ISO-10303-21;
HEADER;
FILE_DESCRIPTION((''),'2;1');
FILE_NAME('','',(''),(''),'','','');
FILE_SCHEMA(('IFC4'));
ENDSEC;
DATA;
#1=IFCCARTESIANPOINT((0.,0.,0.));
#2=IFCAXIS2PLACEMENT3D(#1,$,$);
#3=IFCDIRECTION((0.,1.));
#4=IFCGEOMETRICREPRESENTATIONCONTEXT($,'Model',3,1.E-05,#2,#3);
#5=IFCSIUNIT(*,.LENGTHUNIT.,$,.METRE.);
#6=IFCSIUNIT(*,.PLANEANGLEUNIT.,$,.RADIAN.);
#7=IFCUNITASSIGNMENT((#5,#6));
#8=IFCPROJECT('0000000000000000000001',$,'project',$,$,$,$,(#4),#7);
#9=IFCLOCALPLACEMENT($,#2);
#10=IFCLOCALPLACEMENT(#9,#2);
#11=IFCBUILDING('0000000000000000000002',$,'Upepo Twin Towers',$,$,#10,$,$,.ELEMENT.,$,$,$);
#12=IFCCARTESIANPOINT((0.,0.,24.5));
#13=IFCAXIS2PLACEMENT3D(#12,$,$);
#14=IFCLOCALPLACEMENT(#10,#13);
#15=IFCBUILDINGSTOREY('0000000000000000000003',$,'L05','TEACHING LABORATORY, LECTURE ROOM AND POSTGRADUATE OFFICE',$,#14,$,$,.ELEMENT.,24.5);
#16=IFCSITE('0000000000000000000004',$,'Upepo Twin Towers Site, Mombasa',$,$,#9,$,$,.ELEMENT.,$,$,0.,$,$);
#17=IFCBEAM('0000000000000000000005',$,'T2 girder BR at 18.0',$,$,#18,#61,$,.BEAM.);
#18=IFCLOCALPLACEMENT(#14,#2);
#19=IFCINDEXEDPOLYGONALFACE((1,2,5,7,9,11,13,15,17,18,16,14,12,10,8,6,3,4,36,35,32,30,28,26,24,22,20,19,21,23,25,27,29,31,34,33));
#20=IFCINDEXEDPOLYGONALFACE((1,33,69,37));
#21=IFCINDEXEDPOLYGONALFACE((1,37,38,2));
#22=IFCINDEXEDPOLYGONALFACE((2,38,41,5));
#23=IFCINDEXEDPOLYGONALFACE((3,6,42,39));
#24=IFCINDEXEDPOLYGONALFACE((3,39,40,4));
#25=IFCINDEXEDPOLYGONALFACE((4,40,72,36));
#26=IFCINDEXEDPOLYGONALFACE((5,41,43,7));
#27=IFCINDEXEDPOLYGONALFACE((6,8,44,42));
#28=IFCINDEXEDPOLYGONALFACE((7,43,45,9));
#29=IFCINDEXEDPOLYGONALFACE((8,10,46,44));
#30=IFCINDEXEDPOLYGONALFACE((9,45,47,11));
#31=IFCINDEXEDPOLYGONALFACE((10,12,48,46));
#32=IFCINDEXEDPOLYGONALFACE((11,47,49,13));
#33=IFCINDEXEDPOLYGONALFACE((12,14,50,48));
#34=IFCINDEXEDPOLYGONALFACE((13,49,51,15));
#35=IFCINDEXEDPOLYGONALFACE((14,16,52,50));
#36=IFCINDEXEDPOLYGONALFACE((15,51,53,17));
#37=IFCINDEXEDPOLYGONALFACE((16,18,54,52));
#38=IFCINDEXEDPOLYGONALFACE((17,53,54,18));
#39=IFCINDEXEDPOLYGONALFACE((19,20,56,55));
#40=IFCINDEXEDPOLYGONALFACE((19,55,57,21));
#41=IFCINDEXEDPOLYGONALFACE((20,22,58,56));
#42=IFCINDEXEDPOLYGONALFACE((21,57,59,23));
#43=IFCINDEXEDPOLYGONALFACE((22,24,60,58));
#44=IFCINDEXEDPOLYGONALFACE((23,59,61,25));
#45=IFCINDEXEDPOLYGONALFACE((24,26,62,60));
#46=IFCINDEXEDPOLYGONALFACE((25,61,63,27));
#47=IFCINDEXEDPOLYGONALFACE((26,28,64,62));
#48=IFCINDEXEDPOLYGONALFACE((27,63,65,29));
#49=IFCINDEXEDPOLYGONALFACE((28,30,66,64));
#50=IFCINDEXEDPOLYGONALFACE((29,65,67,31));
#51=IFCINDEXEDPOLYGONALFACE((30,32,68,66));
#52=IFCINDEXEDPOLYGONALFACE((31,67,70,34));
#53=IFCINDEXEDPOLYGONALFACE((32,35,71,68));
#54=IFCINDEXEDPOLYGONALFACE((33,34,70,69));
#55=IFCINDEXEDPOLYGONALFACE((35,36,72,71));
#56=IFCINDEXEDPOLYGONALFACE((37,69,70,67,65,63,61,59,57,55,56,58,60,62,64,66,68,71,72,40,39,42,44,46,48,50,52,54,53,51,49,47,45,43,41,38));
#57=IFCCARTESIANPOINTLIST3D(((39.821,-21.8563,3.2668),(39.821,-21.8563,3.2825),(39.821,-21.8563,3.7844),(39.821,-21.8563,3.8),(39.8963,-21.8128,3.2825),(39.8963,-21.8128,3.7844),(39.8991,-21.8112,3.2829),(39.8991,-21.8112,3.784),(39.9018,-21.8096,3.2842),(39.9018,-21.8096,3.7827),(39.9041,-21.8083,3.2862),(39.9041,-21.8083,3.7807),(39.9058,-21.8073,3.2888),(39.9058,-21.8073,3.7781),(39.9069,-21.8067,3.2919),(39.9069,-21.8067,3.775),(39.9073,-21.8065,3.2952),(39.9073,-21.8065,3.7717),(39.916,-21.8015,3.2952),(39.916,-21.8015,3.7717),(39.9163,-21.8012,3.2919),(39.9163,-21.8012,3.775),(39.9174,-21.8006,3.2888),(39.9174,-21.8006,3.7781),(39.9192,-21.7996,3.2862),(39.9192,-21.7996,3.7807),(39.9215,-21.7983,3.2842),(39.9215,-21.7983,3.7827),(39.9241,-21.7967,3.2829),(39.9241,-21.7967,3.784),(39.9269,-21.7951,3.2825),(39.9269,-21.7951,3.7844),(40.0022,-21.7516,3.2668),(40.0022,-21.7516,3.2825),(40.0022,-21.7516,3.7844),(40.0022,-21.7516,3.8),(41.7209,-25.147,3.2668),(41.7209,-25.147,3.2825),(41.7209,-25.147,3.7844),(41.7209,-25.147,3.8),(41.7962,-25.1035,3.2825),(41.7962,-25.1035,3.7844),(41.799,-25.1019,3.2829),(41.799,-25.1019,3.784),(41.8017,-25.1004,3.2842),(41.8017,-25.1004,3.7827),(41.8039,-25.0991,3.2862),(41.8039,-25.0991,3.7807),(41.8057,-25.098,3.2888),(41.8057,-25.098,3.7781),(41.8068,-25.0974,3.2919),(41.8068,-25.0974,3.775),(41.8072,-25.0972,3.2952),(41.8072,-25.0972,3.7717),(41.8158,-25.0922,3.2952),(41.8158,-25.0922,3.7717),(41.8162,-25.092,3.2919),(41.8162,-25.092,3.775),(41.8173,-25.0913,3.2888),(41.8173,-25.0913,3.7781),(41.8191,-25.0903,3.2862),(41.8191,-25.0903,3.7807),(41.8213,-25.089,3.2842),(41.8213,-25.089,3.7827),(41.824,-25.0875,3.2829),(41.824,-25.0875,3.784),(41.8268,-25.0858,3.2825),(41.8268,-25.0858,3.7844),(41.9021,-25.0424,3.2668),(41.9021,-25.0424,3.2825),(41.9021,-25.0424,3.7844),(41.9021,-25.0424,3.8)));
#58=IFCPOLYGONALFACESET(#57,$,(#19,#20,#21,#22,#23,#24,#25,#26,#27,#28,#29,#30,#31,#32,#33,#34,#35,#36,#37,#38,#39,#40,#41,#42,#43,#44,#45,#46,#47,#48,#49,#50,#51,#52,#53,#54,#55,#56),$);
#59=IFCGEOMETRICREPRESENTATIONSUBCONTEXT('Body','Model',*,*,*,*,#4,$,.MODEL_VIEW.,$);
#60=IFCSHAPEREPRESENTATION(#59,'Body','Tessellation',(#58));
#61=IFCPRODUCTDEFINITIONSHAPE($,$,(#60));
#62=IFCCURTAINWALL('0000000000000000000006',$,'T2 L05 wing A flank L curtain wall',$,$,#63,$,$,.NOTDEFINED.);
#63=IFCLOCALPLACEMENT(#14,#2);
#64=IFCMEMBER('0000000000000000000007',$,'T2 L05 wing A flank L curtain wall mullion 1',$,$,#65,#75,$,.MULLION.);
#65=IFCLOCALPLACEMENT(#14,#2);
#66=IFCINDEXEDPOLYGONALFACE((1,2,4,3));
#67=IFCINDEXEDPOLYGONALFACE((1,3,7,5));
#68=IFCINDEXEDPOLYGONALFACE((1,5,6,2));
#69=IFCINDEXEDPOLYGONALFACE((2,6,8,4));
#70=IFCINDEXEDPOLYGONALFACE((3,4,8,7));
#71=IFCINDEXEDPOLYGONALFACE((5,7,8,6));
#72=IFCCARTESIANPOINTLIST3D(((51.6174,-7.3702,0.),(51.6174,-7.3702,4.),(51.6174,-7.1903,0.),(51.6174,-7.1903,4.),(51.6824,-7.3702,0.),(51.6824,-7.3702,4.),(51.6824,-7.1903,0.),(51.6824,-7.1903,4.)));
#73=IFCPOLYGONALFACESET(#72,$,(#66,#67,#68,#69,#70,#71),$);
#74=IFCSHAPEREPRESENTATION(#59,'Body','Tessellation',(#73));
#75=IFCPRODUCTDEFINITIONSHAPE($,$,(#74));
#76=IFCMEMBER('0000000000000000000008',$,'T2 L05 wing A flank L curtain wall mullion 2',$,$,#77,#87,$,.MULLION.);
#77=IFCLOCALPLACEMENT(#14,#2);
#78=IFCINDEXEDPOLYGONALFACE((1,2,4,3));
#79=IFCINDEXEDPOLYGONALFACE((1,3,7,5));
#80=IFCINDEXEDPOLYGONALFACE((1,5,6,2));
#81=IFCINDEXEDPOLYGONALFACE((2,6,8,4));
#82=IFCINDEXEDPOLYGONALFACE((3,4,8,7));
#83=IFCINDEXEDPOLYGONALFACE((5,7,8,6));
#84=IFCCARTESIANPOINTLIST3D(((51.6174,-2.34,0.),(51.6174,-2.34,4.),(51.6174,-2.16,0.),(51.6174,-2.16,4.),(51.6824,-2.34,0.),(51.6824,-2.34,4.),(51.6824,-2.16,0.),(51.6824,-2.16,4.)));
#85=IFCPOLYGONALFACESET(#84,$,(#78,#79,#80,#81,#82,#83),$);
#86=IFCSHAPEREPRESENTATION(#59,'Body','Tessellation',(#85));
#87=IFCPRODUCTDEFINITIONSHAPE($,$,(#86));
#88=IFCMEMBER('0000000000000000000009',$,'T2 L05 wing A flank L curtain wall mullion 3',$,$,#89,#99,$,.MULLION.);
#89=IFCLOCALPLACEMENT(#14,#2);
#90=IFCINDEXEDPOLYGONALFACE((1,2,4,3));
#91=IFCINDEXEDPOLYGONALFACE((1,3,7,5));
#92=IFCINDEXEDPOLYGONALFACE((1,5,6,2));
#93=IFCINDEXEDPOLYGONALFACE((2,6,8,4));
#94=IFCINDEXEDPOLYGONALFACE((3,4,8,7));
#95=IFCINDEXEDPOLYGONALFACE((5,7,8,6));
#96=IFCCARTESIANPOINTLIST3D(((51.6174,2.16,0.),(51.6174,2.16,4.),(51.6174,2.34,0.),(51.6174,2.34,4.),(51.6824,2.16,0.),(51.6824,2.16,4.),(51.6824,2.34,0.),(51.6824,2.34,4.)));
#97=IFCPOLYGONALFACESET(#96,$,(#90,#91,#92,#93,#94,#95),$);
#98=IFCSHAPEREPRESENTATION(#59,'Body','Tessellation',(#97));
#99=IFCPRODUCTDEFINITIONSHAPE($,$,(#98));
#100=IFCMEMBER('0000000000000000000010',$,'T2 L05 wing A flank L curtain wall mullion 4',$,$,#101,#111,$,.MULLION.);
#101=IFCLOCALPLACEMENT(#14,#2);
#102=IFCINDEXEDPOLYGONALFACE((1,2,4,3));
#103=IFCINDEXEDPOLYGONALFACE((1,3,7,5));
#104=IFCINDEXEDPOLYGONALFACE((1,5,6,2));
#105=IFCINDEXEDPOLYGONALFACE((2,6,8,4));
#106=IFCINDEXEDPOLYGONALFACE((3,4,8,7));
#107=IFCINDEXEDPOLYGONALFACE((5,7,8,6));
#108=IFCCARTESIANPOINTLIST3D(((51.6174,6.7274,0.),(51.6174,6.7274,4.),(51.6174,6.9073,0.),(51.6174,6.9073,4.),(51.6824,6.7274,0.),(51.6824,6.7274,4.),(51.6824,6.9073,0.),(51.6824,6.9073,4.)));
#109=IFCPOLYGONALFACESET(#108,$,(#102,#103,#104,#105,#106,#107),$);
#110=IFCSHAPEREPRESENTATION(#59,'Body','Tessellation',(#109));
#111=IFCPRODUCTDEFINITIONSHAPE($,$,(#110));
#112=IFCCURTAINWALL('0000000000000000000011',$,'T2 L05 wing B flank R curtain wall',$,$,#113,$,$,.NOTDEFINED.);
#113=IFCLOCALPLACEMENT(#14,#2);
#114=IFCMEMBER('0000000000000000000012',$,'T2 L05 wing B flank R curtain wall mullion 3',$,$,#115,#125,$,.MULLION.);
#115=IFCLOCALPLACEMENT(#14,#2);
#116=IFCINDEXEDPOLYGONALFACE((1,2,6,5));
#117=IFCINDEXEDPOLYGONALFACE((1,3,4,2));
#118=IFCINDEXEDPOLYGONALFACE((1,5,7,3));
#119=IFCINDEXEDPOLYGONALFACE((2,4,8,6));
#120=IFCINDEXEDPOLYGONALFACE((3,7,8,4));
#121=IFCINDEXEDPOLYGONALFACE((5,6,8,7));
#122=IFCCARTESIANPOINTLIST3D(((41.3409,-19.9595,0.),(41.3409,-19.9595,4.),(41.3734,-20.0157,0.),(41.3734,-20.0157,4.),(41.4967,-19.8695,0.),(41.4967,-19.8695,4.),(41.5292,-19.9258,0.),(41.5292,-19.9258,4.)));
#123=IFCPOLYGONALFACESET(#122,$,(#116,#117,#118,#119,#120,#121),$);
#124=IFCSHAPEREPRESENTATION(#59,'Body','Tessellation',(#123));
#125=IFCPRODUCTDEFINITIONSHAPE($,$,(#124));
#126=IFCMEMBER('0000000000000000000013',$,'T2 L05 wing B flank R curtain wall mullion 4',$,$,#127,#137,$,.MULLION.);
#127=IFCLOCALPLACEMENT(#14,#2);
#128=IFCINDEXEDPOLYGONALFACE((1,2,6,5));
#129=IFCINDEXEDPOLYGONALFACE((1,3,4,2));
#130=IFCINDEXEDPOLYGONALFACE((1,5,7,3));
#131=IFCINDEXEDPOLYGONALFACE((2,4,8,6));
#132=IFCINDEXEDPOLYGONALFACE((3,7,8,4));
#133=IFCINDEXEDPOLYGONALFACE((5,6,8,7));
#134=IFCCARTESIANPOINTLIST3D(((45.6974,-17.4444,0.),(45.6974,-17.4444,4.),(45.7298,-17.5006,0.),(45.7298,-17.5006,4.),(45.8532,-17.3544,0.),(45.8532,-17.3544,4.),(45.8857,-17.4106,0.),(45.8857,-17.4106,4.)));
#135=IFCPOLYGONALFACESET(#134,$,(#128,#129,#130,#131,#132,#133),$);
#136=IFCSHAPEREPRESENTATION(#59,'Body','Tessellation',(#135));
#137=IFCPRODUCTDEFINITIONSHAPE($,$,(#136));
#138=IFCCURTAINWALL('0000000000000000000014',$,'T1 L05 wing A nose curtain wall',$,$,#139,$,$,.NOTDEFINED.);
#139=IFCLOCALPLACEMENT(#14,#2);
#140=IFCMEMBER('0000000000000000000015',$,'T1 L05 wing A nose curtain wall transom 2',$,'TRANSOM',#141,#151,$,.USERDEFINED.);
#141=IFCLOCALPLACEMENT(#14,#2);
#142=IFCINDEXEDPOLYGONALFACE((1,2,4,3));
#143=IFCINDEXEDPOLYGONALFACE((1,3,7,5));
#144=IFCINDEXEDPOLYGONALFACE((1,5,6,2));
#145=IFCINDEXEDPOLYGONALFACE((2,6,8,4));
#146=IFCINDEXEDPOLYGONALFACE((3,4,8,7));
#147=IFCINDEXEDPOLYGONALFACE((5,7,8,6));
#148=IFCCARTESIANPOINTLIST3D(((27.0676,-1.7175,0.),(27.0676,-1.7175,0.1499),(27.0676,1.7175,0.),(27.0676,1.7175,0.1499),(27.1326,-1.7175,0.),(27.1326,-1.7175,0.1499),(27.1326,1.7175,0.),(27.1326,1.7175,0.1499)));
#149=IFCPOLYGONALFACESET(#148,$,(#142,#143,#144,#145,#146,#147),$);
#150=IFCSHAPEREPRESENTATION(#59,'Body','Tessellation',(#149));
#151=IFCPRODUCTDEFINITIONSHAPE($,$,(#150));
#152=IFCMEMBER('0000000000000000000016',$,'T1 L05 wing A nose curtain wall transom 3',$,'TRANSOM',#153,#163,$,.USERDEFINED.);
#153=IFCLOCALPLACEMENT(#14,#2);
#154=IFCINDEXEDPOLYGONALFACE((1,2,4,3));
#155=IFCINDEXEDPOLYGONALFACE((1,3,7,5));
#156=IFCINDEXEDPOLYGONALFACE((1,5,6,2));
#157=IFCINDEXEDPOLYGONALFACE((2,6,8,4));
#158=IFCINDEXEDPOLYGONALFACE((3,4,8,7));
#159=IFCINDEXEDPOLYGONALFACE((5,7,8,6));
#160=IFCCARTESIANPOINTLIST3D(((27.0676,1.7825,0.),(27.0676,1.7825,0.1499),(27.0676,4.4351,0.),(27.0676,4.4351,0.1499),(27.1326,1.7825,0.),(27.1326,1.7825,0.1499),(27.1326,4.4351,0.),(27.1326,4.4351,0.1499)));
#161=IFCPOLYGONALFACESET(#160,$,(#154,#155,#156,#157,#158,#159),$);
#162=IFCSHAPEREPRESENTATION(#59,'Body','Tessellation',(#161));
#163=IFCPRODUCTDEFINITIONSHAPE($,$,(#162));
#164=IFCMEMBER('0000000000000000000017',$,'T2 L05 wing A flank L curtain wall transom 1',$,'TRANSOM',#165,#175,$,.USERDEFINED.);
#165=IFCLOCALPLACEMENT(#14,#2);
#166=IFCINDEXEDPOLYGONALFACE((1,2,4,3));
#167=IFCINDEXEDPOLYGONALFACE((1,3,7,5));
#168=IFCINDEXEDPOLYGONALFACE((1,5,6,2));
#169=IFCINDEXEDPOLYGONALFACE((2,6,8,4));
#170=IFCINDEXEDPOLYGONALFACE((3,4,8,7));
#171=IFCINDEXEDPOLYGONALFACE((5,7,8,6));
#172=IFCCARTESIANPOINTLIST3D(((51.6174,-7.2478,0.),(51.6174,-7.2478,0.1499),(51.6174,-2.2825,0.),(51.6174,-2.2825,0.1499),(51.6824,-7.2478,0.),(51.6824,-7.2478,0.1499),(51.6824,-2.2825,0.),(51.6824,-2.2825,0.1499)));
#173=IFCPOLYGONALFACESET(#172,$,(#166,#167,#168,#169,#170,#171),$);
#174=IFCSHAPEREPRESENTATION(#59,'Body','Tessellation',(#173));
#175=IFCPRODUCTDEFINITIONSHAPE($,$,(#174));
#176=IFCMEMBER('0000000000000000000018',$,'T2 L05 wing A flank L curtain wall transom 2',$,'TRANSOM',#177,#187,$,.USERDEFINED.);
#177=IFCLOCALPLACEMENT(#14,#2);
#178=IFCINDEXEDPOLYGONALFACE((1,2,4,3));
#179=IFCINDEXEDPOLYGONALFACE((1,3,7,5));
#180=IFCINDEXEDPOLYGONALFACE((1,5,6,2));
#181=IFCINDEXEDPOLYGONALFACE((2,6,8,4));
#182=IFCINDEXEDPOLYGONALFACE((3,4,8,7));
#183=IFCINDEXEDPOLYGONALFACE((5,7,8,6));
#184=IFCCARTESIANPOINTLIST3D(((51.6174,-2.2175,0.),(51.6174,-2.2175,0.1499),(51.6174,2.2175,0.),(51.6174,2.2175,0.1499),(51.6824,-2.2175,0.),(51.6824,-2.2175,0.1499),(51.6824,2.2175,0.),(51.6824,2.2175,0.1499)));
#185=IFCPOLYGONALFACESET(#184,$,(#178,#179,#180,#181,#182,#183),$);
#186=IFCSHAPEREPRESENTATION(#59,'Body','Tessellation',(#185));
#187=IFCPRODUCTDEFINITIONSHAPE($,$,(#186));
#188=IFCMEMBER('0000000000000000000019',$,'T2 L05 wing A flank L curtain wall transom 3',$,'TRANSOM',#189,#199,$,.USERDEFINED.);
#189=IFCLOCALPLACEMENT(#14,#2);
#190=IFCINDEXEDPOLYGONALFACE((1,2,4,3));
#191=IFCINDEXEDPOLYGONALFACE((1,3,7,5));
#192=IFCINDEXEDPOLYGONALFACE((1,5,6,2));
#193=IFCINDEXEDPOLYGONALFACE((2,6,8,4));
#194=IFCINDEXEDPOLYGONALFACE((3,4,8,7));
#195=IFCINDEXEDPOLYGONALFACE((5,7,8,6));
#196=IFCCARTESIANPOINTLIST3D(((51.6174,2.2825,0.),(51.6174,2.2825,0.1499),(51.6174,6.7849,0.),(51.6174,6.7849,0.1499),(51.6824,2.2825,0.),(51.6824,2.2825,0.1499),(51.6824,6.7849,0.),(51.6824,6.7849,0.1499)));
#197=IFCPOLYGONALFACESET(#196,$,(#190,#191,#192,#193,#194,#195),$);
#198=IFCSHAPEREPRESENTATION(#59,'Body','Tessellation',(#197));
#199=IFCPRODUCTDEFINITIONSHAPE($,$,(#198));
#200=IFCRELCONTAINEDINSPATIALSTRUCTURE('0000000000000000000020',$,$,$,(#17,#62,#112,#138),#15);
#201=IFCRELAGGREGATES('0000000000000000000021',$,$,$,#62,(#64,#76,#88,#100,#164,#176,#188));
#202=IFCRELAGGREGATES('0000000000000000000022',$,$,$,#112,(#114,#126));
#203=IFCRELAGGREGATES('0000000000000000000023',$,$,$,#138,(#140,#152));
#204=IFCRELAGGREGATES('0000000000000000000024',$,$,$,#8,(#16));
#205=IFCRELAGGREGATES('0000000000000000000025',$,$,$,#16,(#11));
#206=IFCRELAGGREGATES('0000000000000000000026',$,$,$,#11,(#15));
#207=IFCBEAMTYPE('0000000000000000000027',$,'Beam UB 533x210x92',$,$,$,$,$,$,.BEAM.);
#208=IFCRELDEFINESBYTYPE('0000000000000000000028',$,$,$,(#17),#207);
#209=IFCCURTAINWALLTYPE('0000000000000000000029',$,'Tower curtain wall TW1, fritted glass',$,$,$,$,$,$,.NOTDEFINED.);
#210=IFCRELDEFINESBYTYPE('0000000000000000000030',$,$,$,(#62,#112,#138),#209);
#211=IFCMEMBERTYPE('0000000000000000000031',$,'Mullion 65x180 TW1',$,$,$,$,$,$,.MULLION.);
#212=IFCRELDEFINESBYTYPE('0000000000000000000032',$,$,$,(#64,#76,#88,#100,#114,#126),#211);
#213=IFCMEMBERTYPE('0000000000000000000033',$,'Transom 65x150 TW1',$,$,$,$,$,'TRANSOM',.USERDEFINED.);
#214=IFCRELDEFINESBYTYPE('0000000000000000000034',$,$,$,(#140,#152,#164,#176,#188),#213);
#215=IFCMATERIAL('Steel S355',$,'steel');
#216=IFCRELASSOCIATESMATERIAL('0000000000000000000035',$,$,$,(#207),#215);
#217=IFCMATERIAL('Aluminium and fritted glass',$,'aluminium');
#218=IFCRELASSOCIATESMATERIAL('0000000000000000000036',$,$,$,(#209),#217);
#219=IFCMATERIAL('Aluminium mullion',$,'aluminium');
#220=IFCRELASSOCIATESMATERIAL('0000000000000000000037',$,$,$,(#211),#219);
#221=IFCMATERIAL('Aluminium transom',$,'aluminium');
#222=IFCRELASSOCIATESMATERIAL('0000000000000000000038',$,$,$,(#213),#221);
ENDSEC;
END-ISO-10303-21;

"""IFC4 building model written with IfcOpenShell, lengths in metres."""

from ifc_helpers import new_model, si_unit, direction, frame, origin, origin_2d, place, context, subcontext, project, spatial, rectangle, i_section, extrude, material, material_profile, profile_set, type_object, element, aggregate, save


model = new_model("IFC4")

# Units and contexts
model_context = context("Model", 3, precision=1e-05, world=origin(), true_north=direction((0.0, 1.0)))
body_context = subcontext(model_context, "Body", "Model", "MODEL_VIEW")
ifc_project = project(units=[si_unit("LENGTHUNIT", "METRE"), si_unit("PLANEANGLEUNIT", "RADIAN")], contexts=[model_context])

# Site, building, storey
site_placement = place(None, origin())
site = spatial("IfcSite", under=ifc_project, at=site_placement, Name="Upepo Twin Towers Site, Mombasa", CompositionType="ELEMENT", RefElevation=0.0)
building_placement = place(site_placement, origin())
building = spatial("IfcBuilding", under=site, at=building_placement, Name="Upepo Twin Towers", CompositionType="ELEMENT")
storey_placement = place(building_placement, frame((0.0, 0.0, 24.5)))
storey = spatial("IfcBuildingStorey", under=building, at=storey_placement, Name="L05", Description="TEACHING LABORATORY, LECTURE ROOM AND POSTGRADUATE OFFICE", CompositionType="ELEMENT", Elevation=24.5)

# Beam
ifc_material_1 = material(Name="Steel S355", Category="steel")
ifc_material_profile_1 = material_profile(ifc_material_1, i_section(OverallWidth=0.2092, OverallDepth=0.5332, WebThickness=0.01, FlangeThickness=0.0156, FilletRadius=0.0127, at=origin_2d()), Name="UB 533x210x92")
ifc_profile_set_1 = profile_set([ifc_material_profile_1], Name="Steel S355")
beam_type_1 = type_object("IfcBeamType", Name="Beam UB 533x210x92", PredefinedType="BEAM", material=ifc_profile_set_1)
beam_1_placement = place(storey_placement, frame((39.9116, -21.804, 3.5334), z_axis=(0.499995, -0.866028, 0.0), x_axis=(0.866028, 0.499995, 0.0)))
element("IfcBeam", 1, at=beam_1_placement, inside=storey, type_object=beam_type_1, Name="T2 girder BR at 18.0", PredefinedType="BEAM", context=body_context, shape_type="SweptSolid", body=[
    extrude(i_section(OverallWidth=0.2092, OverallDepth=0.5332, WebThickness=0.01, FlangeThickness=0.0156, FilletRadius=0.0127, at=origin_2d()), origin(), (0.0, 0.0, 1.0), 3.7998),
])

# Curtain walls, members
ifc_material_2 = material(Name="Aluminium and fritted glass", Category="aluminium")
curtain_wall_type = type_object("IfcCurtainWallType", Name="Tower curtain wall TW1, fritted glass", PredefinedType="NOTDEFINED", material=ifc_material_2)
curtain_wall_1_placement = place(storey_placement, origin())
curtain_wall_1 = element("IfcCurtainWall", 2, at=curtain_wall_1_placement, inside=storey, type_object=curtain_wall_type, Name="T2 L05 wing A flank L curtain wall", PredefinedType="NOTDEFINED")
ifc_material_3 = material(Name="Aluminium mullion", Category="aluminium")
ifc_material_profile_2 = material_profile(ifc_material_3, rectangle(XDim=0.0649, YDim=0.1799, at=origin_2d()), Name="MULLION 65x180")
ifc_profile_set_2 = profile_set([ifc_material_profile_2], Name="Aluminium mullion")
member_type_1 = type_object("IfcMemberType", Name="Mullion 65x180 TW1", PredefinedType="MULLION", material=ifc_profile_set_2)
member_1_placement = place(storey_placement, frame((51.6499, -7.2803, 0.0), z_axis=(0.0, 0.0, 1.0), x_axis=(-1.0, 0.0, 0.0)))
member_1 = element("IfcMember", 3, at=member_1_placement, type_object=member_type_1, Name="T2 L05 wing A flank L curtain wall mullion 1", PredefinedType="MULLION", context=body_context, shape_type="SweptSolid", body=[
    extrude(rectangle(XDim=0.0649, YDim=0.1799, at=origin_2d()), origin(), (0.0, 0.0, 1.0), 4.0),
])
member_2_placement = place(storey_placement, frame((51.6499, -2.25, 0.0), z_axis=(0.0, 0.0, 1.0), x_axis=(-1.0, 0.0, 0.0)))
member_2 = element("IfcMember", 4, at=member_2_placement, type_object=member_type_1, Name="T2 L05 wing A flank L curtain wall mullion 2", PredefinedType="MULLION", context=body_context, shape_type="SweptSolid", body=[
    extrude(rectangle(XDim=0.0649, YDim=0.1799, at=origin_2d()), origin(), (0.0, 0.0, 1.0), 4.0),
])
member_3_placement = place(storey_placement, frame((51.6499, 2.25, 0.0), z_axis=(0.0, 0.0, 1.0), x_axis=(-1.0, 0.0, 0.0)))
member_3 = element("IfcMember", 5, at=member_3_placement, type_object=member_type_1, Name="T2 L05 wing A flank L curtain wall mullion 3", PredefinedType="MULLION", context=body_context, shape_type="SweptSolid", body=[
    extrude(rectangle(XDim=0.0649, YDim=0.1799, at=origin_2d()), origin(), (0.0, 0.0, 1.0), 4.0),
])
member_4_placement = place(storey_placement, frame((51.6499, 6.8174, 0.0), z_axis=(0.0, 0.0, 1.0), x_axis=(-1.0, 0.0, 0.0)))
member_4 = element("IfcMember", 6, at=member_4_placement, type_object=member_type_1, Name="T2 L05 wing A flank L curtain wall mullion 4", PredefinedType="MULLION", context=body_context, shape_type="SweptSolid", body=[
    extrude(rectangle(XDim=0.0649, YDim=0.1799, at=origin_2d()), origin(), (0.0, 0.0, 1.0), 4.0),
])
curtain_wall_2_placement = place(storey_placement, origin())
curtain_wall_2 = element("IfcCurtainWall", 7, at=curtain_wall_2_placement, inside=storey, type_object=curtain_wall_type, Name="T2 L05 wing B flank R curtain wall", PredefinedType="NOTDEFINED")
member_5_placement = place(storey_placement, frame((41.4351, -19.9426, 0.0), z_axis=(0.0, 0.0, 1.0), x_axis=(-0.5, 0.866025, 0.0)))
member_5 = element("IfcMember", 8, at=member_5_placement, type_object=member_type_1, Name="T2 L05 wing B flank R curtain wall mullion 3", PredefinedType="MULLION", context=body_context, shape_type="SweptSolid", body=[
    extrude(rectangle(XDim=0.0649, YDim=0.1799, at=origin_2d()), origin(), (0.0, 0.0, 1.0), 4.0),
])
member_6_placement = place(storey_placement, frame((45.7915, -17.4275, 0.0), z_axis=(0.0, 0.0, 1.0), x_axis=(-0.5, 0.866025, 0.0)))
member_6 = element("IfcMember", 9, at=member_6_placement, type_object=member_type_1, Name="T2 L05 wing B flank R curtain wall mullion 4", PredefinedType="MULLION", context=body_context, shape_type="SweptSolid", body=[
    extrude(rectangle(XDim=0.0649, YDim=0.1799, at=origin_2d()), origin(), (0.0, 0.0, 1.0), 4.0),
])
curtain_wall_3_placement = place(storey_placement, origin())
curtain_wall_3 = element("IfcCurtainWall", 10, at=curtain_wall_3_placement, inside=storey, type_object=curtain_wall_type, Name="T1 L05 wing A nose curtain wall", PredefinedType="NOTDEFINED")
ifc_material_4 = material(Name="Aluminium transom", Category="aluminium")
ifc_material_profile_3 = material_profile(ifc_material_4, rectangle(XDim=0.0649, YDim=0.1499, at=origin_2d()), Name="TRANSOM 65x150")
ifc_profile_set_3 = profile_set([ifc_material_profile_3], Name="Aluminium transom")
member_type_2 = type_object("IfcMemberType", Name="Transom 65x150 TW1", ElementType="TRANSOM", PredefinedType="USERDEFINED", material=ifc_profile_set_3)
member_7_placement = place(storey_placement, frame((27.1001, -1.7175, 0.075), z_axis=(0.0, 1.0, 0.0), x_axis=(-1.0, 0.0, 0.0)))
member_7 = element("IfcMember", 11, at=member_7_placement, type_object=member_type_2, Name="T1 L05 wing A nose curtain wall transom 2", ObjectType="TRANSOM", PredefinedType="USERDEFINED", context=body_context, shape_type="SweptSolid", body=[
    extrude(rectangle(XDim=0.0649, YDim=0.1499, at=origin_2d()), origin(), (0.0, 0.0, 1.0), 3.4351),
])
member_8_placement = place(storey_placement, frame((27.1001, 1.7825, 0.075), z_axis=(0.0, 1.0, 0.0), x_axis=(-1.0, 0.0, 0.0)))
member_8 = element("IfcMember", 12, at=member_8_placement, type_object=member_type_2, Name="T1 L05 wing A nose curtain wall transom 3", ObjectType="TRANSOM", PredefinedType="USERDEFINED", context=body_context, shape_type="SweptSolid", body=[
    extrude(rectangle(XDim=0.0649, YDim=0.1499, at=origin_2d()), origin(), (0.0, 0.0, 1.0), 2.6526),
])

# Members
member_9_placement = place(storey_placement, frame((51.6499, -7.2478, 0.075), z_axis=(0.0, 1.0, 0.0), x_axis=(-1.0, 0.0, 0.0)))
member_9 = element("IfcMember", 13, at=member_9_placement, type_object=member_type_2, Name="T2 L05 wing A flank L curtain wall transom 1", ObjectType="TRANSOM", PredefinedType="USERDEFINED", context=body_context, shape_type="SweptSolid", body=[
    extrude(rectangle(XDim=0.0649, YDim=0.1499, at=origin_2d()), origin(), (0.0, 0.0, 1.0), 4.9653),
])
member_10_placement = place(storey_placement, frame((51.6499, -2.2175, 0.075), z_axis=(0.0, 1.0, 0.0), x_axis=(-1.0, 0.0, 0.0)))
member_10 = element("IfcMember", 14, at=member_10_placement, type_object=member_type_2, Name="T2 L05 wing A flank L curtain wall transom 2", ObjectType="TRANSOM", PredefinedType="USERDEFINED", context=body_context, shape_type="SweptSolid", body=[
    extrude(rectangle(XDim=0.0649, YDim=0.1499, at=origin_2d()), origin(), (0.0, 0.0, 1.0), 4.4351),
])
member_11_placement = place(storey_placement, frame((51.6499, 2.2825, 0.075), z_axis=(0.0, 1.0, 0.0), x_axis=(-1.0, 0.0, 0.0)))
member_11 = element("IfcMember", 15, at=member_11_placement, type_object=member_type_2, Name="T2 L05 wing A flank L curtain wall transom 3", ObjectType="TRANSOM", PredefinedType="USERDEFINED", context=body_context, shape_type="SweptSolid", body=[
    extrude(rectangle(XDim=0.0649, YDim=0.1499, at=origin_2d()), origin(), (0.0, 0.0, 1.0), 4.5024),
])

aggregate(curtain_wall_1, [member_1, member_2, member_3, member_4, member_9, member_10, member_11])
aggregate(curtain_wall_2, [member_5, member_6])
aggregate(curtain_wall_3, [member_7, member_8])

save(model, "model.ifc")
